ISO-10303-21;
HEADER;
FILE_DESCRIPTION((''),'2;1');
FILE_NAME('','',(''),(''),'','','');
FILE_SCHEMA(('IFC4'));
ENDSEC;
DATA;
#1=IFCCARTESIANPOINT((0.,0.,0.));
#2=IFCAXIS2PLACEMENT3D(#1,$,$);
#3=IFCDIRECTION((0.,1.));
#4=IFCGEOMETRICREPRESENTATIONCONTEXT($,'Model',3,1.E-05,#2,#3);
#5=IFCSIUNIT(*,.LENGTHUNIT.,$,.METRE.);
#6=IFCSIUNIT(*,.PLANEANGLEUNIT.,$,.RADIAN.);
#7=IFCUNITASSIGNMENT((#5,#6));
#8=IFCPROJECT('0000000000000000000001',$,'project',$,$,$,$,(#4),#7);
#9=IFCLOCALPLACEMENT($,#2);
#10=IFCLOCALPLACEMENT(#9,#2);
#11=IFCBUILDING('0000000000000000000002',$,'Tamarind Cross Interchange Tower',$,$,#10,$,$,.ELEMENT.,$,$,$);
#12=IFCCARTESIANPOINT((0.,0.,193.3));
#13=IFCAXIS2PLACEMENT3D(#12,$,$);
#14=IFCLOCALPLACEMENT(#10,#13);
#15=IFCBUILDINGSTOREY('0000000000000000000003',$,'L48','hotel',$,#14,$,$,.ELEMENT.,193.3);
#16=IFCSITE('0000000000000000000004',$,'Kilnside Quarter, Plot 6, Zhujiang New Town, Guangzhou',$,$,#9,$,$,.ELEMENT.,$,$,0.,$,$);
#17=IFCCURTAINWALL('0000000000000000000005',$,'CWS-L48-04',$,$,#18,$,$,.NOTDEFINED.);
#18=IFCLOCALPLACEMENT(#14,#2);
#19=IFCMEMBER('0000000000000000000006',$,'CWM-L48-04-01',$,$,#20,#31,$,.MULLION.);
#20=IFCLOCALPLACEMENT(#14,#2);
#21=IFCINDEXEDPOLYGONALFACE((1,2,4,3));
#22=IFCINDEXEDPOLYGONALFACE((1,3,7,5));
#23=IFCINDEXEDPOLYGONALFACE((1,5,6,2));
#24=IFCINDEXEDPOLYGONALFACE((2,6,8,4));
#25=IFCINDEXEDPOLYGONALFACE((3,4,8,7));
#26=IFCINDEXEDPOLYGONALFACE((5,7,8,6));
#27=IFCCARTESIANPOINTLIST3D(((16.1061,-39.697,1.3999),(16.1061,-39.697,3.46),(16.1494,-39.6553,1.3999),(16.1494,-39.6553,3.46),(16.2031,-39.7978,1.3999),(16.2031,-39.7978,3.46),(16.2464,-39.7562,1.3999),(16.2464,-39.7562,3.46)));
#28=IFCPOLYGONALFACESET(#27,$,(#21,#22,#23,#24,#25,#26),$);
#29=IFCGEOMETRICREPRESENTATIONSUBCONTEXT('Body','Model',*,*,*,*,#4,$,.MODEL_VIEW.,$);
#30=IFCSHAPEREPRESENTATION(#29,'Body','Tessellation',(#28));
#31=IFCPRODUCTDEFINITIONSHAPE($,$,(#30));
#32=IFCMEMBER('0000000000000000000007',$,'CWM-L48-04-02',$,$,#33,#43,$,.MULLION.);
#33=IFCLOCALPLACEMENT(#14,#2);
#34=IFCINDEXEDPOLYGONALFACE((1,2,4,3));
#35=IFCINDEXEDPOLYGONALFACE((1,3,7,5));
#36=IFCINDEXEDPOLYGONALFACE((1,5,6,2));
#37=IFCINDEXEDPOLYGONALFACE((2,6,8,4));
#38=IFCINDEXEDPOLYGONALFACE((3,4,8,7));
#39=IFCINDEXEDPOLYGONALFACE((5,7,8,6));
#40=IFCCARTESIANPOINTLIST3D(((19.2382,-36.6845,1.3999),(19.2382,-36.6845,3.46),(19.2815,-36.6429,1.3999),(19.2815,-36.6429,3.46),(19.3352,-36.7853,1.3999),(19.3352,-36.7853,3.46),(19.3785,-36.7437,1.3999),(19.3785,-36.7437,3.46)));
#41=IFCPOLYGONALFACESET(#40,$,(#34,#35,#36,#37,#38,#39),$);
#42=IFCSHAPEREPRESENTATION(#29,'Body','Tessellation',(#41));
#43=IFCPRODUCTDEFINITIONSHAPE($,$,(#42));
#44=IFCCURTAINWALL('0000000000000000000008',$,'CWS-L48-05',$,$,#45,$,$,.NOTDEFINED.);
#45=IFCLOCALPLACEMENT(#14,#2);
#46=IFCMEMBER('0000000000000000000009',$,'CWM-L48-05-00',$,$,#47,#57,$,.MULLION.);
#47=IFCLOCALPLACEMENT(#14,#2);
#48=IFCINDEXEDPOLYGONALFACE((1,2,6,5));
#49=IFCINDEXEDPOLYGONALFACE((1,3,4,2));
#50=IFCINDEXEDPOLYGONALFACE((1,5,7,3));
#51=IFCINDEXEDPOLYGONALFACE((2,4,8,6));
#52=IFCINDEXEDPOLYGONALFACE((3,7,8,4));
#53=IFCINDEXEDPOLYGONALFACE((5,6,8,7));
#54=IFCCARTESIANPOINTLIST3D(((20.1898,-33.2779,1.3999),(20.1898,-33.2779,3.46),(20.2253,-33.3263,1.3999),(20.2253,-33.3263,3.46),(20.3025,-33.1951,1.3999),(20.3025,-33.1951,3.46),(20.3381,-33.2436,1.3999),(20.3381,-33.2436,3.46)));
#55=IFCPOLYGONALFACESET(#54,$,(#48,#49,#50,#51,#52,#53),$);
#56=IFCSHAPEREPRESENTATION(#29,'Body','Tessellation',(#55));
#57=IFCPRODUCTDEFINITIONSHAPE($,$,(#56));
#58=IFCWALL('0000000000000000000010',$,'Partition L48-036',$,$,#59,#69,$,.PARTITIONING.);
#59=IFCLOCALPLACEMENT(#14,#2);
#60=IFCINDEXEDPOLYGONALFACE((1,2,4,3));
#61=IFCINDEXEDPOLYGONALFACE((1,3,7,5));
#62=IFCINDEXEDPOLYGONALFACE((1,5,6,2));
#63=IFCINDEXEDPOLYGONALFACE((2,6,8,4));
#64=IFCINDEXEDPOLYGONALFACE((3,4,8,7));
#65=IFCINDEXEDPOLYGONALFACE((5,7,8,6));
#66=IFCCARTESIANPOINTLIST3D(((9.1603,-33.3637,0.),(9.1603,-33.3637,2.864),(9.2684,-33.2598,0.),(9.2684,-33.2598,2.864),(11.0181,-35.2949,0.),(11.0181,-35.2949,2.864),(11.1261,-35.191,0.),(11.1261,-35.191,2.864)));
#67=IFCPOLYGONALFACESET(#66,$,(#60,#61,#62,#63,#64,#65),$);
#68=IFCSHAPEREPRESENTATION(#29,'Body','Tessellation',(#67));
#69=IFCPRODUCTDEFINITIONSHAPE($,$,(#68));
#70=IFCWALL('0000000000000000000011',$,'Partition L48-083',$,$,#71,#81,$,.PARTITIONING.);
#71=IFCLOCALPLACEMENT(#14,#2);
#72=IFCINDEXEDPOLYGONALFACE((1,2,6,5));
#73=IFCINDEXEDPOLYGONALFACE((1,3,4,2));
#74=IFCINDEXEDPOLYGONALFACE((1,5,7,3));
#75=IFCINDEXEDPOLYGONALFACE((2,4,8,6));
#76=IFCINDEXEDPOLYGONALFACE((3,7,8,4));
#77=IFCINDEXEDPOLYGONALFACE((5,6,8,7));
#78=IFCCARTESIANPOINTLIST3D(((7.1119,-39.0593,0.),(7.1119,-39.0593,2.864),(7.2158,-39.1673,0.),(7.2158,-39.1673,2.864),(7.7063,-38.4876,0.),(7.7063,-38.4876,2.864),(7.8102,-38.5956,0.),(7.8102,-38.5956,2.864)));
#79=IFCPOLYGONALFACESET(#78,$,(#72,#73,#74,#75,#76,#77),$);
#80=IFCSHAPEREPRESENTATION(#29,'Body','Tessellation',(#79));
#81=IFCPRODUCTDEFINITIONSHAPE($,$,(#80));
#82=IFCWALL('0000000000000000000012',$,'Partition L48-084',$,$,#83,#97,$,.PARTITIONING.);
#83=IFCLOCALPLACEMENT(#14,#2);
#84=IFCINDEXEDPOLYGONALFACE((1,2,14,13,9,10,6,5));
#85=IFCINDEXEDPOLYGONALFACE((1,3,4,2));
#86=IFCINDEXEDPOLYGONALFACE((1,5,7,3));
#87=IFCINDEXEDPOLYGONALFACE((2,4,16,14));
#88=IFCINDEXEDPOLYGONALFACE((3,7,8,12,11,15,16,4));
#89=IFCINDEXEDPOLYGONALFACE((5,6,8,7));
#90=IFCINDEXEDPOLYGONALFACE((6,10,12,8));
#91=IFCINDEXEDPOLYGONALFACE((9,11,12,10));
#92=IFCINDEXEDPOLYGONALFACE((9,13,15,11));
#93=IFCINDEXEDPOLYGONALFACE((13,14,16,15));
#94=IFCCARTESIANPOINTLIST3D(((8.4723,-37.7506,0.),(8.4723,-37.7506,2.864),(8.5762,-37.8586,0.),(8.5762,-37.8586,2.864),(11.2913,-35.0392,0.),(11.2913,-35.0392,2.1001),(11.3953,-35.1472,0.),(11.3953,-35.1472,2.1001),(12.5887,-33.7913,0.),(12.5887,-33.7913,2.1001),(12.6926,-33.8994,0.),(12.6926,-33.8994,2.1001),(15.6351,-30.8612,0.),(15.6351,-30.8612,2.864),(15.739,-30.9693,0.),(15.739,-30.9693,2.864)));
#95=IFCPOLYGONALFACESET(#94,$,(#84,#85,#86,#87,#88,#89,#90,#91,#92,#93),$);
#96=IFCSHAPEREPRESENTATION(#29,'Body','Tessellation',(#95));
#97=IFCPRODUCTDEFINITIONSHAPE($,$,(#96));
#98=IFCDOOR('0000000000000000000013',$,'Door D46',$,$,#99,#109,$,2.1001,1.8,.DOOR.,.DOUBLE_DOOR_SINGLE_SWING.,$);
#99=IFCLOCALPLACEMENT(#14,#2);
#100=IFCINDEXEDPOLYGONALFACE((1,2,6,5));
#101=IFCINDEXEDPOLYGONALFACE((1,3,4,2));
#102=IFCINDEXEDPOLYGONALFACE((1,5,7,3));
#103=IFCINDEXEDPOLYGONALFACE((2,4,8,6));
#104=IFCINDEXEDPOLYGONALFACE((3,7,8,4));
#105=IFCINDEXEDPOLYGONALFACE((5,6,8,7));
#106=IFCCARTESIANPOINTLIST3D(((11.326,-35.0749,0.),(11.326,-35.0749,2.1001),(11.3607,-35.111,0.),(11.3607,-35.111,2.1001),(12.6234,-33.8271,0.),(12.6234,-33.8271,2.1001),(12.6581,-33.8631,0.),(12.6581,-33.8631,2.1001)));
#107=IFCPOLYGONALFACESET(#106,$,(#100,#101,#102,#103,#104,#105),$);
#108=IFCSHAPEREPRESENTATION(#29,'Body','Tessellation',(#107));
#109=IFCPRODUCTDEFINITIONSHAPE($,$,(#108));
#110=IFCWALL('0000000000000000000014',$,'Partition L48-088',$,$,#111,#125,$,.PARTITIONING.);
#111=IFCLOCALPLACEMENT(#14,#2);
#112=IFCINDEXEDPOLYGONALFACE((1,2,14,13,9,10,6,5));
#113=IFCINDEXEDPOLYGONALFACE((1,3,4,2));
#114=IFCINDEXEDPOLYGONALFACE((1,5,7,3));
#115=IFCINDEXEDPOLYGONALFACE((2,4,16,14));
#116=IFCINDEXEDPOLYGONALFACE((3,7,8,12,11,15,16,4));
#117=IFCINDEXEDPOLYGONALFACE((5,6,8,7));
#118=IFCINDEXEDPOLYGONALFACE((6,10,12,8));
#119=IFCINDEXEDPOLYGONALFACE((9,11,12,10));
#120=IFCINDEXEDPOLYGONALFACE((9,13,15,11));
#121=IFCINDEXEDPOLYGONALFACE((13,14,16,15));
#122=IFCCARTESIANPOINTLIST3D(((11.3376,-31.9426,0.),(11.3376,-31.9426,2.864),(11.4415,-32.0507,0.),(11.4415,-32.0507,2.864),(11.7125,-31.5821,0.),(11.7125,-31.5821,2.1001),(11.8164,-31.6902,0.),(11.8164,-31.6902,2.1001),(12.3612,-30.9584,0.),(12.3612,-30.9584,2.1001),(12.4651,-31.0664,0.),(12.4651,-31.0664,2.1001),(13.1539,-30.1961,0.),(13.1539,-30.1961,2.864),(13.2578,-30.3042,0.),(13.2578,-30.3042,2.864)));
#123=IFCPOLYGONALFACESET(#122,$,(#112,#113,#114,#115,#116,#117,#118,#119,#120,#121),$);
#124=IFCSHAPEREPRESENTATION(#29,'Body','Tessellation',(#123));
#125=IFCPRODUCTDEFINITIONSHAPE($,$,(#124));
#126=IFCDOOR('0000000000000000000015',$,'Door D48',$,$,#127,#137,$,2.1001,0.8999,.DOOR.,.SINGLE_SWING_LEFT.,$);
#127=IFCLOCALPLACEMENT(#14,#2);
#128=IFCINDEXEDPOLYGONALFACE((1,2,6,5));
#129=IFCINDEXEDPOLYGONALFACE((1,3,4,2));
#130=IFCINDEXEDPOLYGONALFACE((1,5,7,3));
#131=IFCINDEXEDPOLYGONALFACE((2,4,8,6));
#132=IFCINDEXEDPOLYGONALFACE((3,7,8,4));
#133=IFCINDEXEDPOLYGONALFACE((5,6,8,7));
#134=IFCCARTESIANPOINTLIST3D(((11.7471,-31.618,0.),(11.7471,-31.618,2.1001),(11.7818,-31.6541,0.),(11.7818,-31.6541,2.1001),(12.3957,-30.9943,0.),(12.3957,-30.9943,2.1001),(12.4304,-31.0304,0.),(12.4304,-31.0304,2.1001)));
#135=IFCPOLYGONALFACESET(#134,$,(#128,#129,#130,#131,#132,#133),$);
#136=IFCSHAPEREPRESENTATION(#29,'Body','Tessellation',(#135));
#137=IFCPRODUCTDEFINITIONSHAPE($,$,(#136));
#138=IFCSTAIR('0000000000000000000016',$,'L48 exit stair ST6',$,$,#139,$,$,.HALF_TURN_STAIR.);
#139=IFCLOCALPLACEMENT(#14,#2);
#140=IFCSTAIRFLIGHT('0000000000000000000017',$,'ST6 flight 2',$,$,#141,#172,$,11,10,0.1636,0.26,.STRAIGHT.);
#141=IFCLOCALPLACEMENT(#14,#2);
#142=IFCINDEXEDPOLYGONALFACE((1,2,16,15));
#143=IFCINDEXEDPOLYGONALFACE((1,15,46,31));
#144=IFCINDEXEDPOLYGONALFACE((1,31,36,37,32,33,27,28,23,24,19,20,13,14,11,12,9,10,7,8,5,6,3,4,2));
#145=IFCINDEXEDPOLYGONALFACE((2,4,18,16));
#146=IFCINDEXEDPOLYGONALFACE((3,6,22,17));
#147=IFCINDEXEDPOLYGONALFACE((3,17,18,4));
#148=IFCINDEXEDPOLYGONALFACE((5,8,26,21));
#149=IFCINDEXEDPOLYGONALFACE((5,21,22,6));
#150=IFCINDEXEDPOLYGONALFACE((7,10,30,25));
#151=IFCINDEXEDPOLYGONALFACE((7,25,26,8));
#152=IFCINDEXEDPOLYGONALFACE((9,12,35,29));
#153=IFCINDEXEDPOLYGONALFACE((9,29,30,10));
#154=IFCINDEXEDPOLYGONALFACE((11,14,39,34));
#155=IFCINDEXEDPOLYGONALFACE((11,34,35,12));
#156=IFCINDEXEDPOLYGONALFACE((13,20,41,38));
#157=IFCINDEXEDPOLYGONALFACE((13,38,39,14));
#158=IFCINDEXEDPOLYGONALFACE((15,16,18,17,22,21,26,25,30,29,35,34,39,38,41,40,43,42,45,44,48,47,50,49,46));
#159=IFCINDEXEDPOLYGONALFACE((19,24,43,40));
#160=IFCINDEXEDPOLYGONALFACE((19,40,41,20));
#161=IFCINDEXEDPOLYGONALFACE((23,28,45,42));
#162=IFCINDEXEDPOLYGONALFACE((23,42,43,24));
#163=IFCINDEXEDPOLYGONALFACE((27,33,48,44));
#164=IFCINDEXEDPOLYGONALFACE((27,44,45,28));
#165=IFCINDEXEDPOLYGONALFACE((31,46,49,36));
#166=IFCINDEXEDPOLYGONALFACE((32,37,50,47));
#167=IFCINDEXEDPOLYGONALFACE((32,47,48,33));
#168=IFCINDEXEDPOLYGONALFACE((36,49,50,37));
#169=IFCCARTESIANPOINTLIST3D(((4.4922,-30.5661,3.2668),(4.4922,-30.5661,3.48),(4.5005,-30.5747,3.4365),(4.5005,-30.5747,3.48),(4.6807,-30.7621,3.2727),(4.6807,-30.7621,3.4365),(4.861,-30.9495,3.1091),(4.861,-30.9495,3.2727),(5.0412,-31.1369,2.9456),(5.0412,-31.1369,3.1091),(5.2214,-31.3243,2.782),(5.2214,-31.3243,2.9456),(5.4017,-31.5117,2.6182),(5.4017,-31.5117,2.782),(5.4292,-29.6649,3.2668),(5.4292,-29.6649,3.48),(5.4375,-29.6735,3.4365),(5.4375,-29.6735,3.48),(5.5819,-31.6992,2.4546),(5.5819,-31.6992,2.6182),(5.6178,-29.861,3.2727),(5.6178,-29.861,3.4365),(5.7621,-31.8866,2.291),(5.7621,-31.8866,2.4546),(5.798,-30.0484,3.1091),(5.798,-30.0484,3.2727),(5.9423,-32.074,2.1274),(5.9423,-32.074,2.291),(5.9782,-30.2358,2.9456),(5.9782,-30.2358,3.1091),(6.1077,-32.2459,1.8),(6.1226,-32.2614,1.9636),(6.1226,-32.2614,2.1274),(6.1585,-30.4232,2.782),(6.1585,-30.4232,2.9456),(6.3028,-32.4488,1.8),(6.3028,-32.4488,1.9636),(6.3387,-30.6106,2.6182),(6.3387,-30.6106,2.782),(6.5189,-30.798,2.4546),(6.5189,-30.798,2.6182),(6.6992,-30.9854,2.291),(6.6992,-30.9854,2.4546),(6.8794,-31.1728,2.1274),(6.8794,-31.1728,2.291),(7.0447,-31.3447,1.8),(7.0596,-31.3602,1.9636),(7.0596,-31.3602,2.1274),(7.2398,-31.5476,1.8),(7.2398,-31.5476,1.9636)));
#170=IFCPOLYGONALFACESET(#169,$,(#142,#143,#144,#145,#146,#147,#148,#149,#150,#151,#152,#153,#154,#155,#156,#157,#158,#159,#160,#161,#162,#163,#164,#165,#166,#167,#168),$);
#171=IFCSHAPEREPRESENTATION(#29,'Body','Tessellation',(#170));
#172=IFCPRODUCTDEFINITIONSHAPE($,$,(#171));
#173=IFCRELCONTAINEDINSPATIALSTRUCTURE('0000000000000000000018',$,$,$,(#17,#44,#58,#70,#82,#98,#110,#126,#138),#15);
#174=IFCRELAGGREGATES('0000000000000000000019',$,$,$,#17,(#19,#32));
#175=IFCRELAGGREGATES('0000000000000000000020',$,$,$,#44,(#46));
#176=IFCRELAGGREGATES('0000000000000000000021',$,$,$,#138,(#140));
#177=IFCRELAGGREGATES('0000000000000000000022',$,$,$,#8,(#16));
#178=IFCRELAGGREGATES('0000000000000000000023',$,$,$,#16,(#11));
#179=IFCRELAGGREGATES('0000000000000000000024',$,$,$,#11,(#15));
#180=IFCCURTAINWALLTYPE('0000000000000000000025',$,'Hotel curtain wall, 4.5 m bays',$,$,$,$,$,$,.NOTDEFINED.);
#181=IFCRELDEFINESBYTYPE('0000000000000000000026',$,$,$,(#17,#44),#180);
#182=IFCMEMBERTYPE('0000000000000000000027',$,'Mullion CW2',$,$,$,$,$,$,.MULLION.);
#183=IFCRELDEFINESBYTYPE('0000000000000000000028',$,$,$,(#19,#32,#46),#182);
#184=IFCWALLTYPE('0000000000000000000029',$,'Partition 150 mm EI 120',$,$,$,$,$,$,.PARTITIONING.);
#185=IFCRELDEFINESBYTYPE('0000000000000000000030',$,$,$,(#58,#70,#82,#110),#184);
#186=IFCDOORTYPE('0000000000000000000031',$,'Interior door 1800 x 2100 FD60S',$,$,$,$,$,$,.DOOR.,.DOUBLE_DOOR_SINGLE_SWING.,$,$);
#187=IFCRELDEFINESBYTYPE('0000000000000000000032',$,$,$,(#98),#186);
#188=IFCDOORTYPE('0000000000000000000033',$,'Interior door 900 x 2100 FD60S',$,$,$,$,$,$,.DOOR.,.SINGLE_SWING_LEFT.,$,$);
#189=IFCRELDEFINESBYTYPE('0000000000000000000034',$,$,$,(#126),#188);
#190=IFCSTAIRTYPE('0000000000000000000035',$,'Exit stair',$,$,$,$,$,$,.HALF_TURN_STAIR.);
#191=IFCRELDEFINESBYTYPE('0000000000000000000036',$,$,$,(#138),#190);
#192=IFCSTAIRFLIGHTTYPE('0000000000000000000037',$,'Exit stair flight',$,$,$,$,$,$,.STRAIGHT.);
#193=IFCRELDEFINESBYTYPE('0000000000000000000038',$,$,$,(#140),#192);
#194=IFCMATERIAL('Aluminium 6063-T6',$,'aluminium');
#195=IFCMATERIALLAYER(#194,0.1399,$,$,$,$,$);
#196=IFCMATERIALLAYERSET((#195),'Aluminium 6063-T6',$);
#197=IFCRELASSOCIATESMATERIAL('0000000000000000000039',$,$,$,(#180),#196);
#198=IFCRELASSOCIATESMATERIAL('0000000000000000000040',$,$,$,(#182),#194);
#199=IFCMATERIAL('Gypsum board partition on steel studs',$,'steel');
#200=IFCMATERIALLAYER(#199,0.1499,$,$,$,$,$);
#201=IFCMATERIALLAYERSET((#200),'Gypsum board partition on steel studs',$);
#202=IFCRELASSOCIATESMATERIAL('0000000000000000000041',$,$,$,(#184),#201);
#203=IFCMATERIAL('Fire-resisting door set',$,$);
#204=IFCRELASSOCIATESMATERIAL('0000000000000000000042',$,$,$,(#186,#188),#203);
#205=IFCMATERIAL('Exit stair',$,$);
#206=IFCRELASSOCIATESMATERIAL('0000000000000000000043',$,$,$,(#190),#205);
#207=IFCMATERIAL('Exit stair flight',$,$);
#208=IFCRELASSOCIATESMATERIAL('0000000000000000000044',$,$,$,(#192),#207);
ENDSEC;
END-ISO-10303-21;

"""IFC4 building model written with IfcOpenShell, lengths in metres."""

from ifc_helpers import new_model, si_unit, direction, frame, frame_2d, origin, origin_2d, place, context, subcontext, project, spatial, polyline, rectangle, outline, extrude, material, layer, layer_set, material_profile, profile_set, type_object, element, fill, aggregate, save


model = new_model("IFC4")

# Units and contexts
model_context = context("Model", 3, precision=1e-05, world=origin(), true_north=direction((0.0, 1.0)))
body_context = subcontext(model_context, "Body", "Model", "MODEL_VIEW")
ifc_project = project(units=[si_unit("LENGTHUNIT", "METRE"), si_unit("PLANEANGLEUNIT", "RADIAN")], contexts=[model_context])

# Site, building, storey
site_placement = place(None, origin())
site = spatial("IfcSite", under=ifc_project, at=site_placement, Name="Kilnside Quarter, Plot 6, Zhujiang New Town, Guangzhou", CompositionType="ELEMENT", RefElevation=0.0)
building_placement = place(site_placement, origin())
building = spatial("IfcBuilding", under=site, at=building_placement, Name="Tamarind Cross Interchange Tower", CompositionType="ELEMENT")
storey_placement = place(building_placement, frame((0.0, 0.0, 193.3)))
storey = spatial("IfcBuildingStorey", under=building, at=storey_placement, Name="L48", Description="hotel", CompositionType="ELEMENT", Elevation=193.3)

# Curtain wall, members
ifc_material_1 = material(Name="Aluminium 6063-T6", Category="aluminium")
ifc_layer_1 = layer(ifc_material_1, 0.1399)
ifc_layer_set_1 = layer_set([ifc_layer_1], Name="Aluminium 6063-T6")
curtain_wall_type = type_object("IfcCurtainWallType", Name="Hotel curtain wall, 4.5 m bays", PredefinedType="NOTDEFINED", material=ifc_layer_set_1)
ifc_material_profile_1 = material_profile(ifc_material_1, rectangle(XDim=0.0601, YDim=0.1399, at=origin_2d()), Name="Mullion CW2")
ifc_profile_set_1 = profile_set([ifc_material_profile_1], Name="Aluminium 6063-T6")
member_type = type_object("IfcMemberType", Name="Mullion CW2", PredefinedType="MULLION", material=ifc_profile_set_1)
curtain_wall_1_placement = place(storey_placement, origin())
curtain_wall_1 = element("IfcCurtainWall", 1, at=curtain_wall_1_placement, inside=storey, type_object=curtain_wall_type, Name="CWS-L48-04", PredefinedType="NOTDEFINED")
member_1_placement = place(storey_placement, frame((16.1763, -39.7266, 1.3999), z_axis=(0.0, 0.0, 1.0), x_axis=(0.720774, 0.69317, 0.0)))
member_1 = element("IfcMember", 2, at=member_1_placement, type_object=member_type, Name="CWM-L48-04-01", PredefinedType="MULLION", context=body_context, shape_type="SweptSolid", body=[
    extrude(rectangle(XDim=0.0601, YDim=0.1399, at=origin_2d()), origin(), (0.0, 0.0, 1.0), 2.0601),
])
member_2_placement = place(storey_placement, frame((19.3083, -36.7141, 1.3999), z_axis=(0.0, 0.0, 1.0), x_axis=(0.720774, 0.69317, 0.0)))
member_2 = element("IfcMember", 3, at=member_2_placement, type_object=member_type, Name="CWM-L48-04-02", PredefinedType="MULLION", context=body_context, shape_type="SweptSolid", body=[
    extrude(rectangle(XDim=0.0601, YDim=0.1399, at=origin_2d()), origin(), (0.0, 0.0, 1.0), 2.0601),
])
aggregate(curtain_wall_1, [member_1, member_2])

# Curtain wall, member
curtain_wall_2_placement = place(storey_placement, origin())
curtain_wall_2 = element("IfcCurtainWall", 4, at=curtain_wall_2_placement, inside=storey, type_object=curtain_wall_type, Name="CWS-L48-05", PredefinedType="NOTDEFINED")
member_3_placement = place(storey_placement, frame((20.2639, -33.2607, 1.3999), z_axis=(0.0, 0.0, 1.0), x_axis=(-0.591634, 0.806207, 0.0)))
member_3 = element("IfcMember", 5, at=member_3_placement, type_object=member_type, Name="CWM-L48-05-00", PredefinedType="MULLION", context=body_context, shape_type="SweptSolid", body=[
    extrude(rectangle(XDim=0.0601, YDim=0.1399, at=origin_2d()), origin(), (0.0, 0.0, 1.0), 2.0601),
])
aggregate(curtain_wall_2, [member_3])

# Walls
ifc_material_2 = material(Name="Gypsum board partition on steel studs", Category="steel")
ifc_layer_2 = layer(ifc_material_2, 0.1499)
ifc_layer_set_2 = layer_set([ifc_layer_2], Name="Gypsum board partition on steel studs")
wall_type = type_object("IfcWallType", Name="Partition 150 mm EI 120", PredefinedType="PARTITIONING", material=ifc_layer_set_2)
wall_1_placement = place(storey_placement, frame((9.2144, -33.3118, 0.0), z_axis=(0.0, 0.0, 1.0), x_axis=(0.693262, -0.720686, 0.0)))
element("IfcWall", 6, at=wall_1_placement, inside=storey, type_object=wall_type, Name="Partition L48-036", PredefinedType="PARTITIONING", context=body_context, shape_type="SweptSolid", body=[
    extrude(rectangle(XDim=2.6797, YDim=0.1499, at=frame_2d((1.3398, 0.0))), origin(), (0.0, 0.0, 1.0), 2.864),
])
wall_2_placement = place(storey_placement, frame((7.1638, -39.1133, 0.0), z_axis=(0.0, 0.0, 1.0), x_axis=(0.720736, 0.693209, 0.0)))
element("IfcWall", 7, at=wall_2_placement, inside=storey, type_object=wall_type, Name="Partition L48-083", PredefinedType="PARTITIONING", context=body_context, shape_type="SweptSolid", body=[
    extrude(rectangle(XDim=0.8247, YDim=0.1499, at=frame_2d((0.4124, 0.0))), origin(), (0.0, 0.0, 1.0), 2.864),
])

# Walls, openings, doors
wall_3_placement = place(storey_placement, frame((8.5242, -37.8047, 0.0), z_axis=(0.0, 0.0, 1.0), x_axis=(0.72073, 0.693216, 0.0)))
wall_3 = element("IfcWall", 8, at=wall_3_placement, inside=storey, type_object=wall_type, Name="Partition L48-084", PredefinedType="PARTITIONING", context=body_context, shape_type="SweptSolid", body=[
    extrude(rectangle(XDim=9.9382, YDim=0.1499, at=frame_2d((4.9692, 0.0))), origin(), (0.0, 0.0, 1.0), 2.864),
])
opening_1_placement = place(wall_3_placement, frame((3.9116, 0.0, 0.0)))
opening_1 = element("IfcOpeningElement", 9, at=opening_1_placement, cuts=wall_3, PredefinedType="OPENING", context=body_context, shape_type="SweptSolid", body=[
    extrude(rectangle(XDim=1.8, YDim=2.1001, at=frame_2d((0.8999, 1.05))), frame((0.0, 0.085, 0.0), z_axis=(0.0, -1.0, 0.0), x_axis=(1.0, 0.0, 0.0)), (0.0, 0.0, 1.0), 0.1699),
])
ifc_material_3 = material(Name="Fire-resisting door set")
door_type_1 = type_object("IfcDoorType", Name="Interior door 1800 x 2100 FD60S", OperationType="DOUBLE_DOOR_SINGLE_SWING", PredefinedType="DOOR", material=ifc_material_3)
door_1_placement = place(opening_1_placement, frame((1.8, 0.0, 0.0), z_axis=(0.0, 0.0, 1.0), x_axis=(-1.0, 0.0, 0.0)))
door_1 = element("IfcDoor", 10, at=door_1_placement, inside=storey, type_object=door_type_1, Name="Door D46", OperationType="DOUBLE_DOOR_SINGLE_SWING", OverallHeight=2.1001, OverallWidth=1.8, PredefinedType="DOOR", context=body_context, shape_type="SweptSolid", body=[
    extrude(rectangle(XDim=1.8, YDim=2.1001, at=frame_2d((0.8999, 1.05))), frame((0.0, 0.0249, 0.0), z_axis=(0.0, -1.0, 0.0), x_axis=(1.0, 0.0, 0.0)), (0.0, 0.0, 1.0), 0.05),
])
fill(opening_1, door_1)
wall_4_placement = place(storey_placement, frame((11.3896, -31.9966, 0.0), z_axis=(0.0, 0.0, 1.0), x_axis=(0.720826, 0.693116, 0.0)))
wall_4 = element("IfcWall", 11, at=wall_4_placement, inside=storey, type_object=wall_type, Name="Partition L48-088", PredefinedType="PARTITIONING", context=body_context, shape_type="SweptSolid", body=[
    extrude(rectangle(XDim=2.5198, YDim=0.1499, at=frame_2d((1.2598, 0.0))), origin(), (0.0, 0.0, 1.0), 2.864),
])
opening_2_placement = place(wall_4_placement, frame((0.52, 0.0, 0.0)))
opening_2 = element("IfcOpeningElement", 12, at=opening_2_placement, cuts=wall_4, PredefinedType="OPENING", context=body_context, shape_type="SweptSolid", body=[
    extrude(rectangle(XDim=0.8999, YDim=2.1001, at=frame_2d((0.45, 1.05))), frame((0.0, 0.085, 0.0), z_axis=(0.0, -1.0, 0.0), x_axis=(1.0, 0.0, 0.0)), (0.0, 0.0, 1.0), 0.1699),
])
door_type_2 = type_object("IfcDoorType", Name="Interior door 900 x 2100 FD60S", OperationType="SINGLE_SWING_LEFT", PredefinedType="DOOR", material=ifc_material_3)
door_2_placement = place(opening_2_placement, frame((0.8999, 0.0, 0.0), z_axis=(0.0, 0.0, 1.0), x_axis=(-1.0, 0.0, 0.0)))
door_2 = element("IfcDoor", 13, at=door_2_placement, inside=storey, type_object=door_type_2, Name="Door D48", OperationType="SINGLE_SWING_LEFT", OverallHeight=2.1001, OverallWidth=0.8999, PredefinedType="DOOR", context=body_context, shape_type="SweptSolid", body=[
    extrude(rectangle(XDim=0.8999, YDim=2.1001, at=frame_2d((0.45, 1.05))), frame((0.0, 0.0249, 0.0), z_axis=(0.0, -1.0, 0.0), x_axis=(1.0, 0.0, 0.0)), (0.0, 0.0, 1.0), 0.05),
])
fill(opening_2, door_2)

# Stair, stair flight
ifc_material_4 = material(Name="Exit stair")
stair_type = type_object("IfcStairType", Name="Exit stair", PredefinedType="HALF_TURN_STAIR", material=ifc_material_4)
stair_placement = place(storey_placement, origin())
stair = element("IfcStair", 14, at=stair_placement, inside=storey, type_object=stair_type, Name="L48 exit stair ST6", PredefinedType="HALF_TURN_STAIR")
ifc_material_5 = material(Name="Exit stair flight")
stair_flight_type = type_object("IfcStairFlightType", Name="Exit stair flight", PredefinedType="STRAIGHT", material=ifc_material_5)
stair_flight_placement = place(storey_placement, frame((6.7712, -31.9983, 1.8), z_axis=(0.0, 0.0, 1.0), x_axis=(-0.69317, 0.720774, 0.0)))
stair_flight = element("IfcStairFlight", 15, at=stair_flight_placement, type_object=stair_flight_type, Name="ST6 flight 2", NumberOfRisers=11, NumberOfTreads=10, PredefinedType="STRAIGHT", RiserHeight=0.1636, TreadLength=0.26, context=body_context, shape_type="SweptSolid", body=[
    extrude(outline(polyline([(0.0, 0.0), (0.0, 0.1636), (0.26, 0.1636), (0.26, 0.3274), (0.52, 0.3274), (0.52, 0.491), (0.78, 0.491), (0.78, 0.6545), (1.04, 0.6545), (1.04, 0.8181), (1.3, 0.8181), (1.3, 0.9819), (1.5601, 0.9819), (1.5601, 1.1455), (1.8201, 1.1455), (1.8201, 1.3091), (2.0801, 1.3091), (2.0801, 1.4727), (2.3401, 1.4727), (2.3401, 1.6365), (2.6001, 1.6365), (2.6001, 1.6799), (2.6121, 1.6799), (2.6121, 1.4668), (0.2815, 0.0), (0.0, 0.0)])), frame((0.0, 0.6499, 0.0), z_axis=(0.0, -1.0, 0.0), x_axis=(1.0, 0.0, 0.0)), (0.0, 0.0, 1.0), 1.3),
])
aggregate(stair, [stair_flight])

save(model, "model.ifc")
